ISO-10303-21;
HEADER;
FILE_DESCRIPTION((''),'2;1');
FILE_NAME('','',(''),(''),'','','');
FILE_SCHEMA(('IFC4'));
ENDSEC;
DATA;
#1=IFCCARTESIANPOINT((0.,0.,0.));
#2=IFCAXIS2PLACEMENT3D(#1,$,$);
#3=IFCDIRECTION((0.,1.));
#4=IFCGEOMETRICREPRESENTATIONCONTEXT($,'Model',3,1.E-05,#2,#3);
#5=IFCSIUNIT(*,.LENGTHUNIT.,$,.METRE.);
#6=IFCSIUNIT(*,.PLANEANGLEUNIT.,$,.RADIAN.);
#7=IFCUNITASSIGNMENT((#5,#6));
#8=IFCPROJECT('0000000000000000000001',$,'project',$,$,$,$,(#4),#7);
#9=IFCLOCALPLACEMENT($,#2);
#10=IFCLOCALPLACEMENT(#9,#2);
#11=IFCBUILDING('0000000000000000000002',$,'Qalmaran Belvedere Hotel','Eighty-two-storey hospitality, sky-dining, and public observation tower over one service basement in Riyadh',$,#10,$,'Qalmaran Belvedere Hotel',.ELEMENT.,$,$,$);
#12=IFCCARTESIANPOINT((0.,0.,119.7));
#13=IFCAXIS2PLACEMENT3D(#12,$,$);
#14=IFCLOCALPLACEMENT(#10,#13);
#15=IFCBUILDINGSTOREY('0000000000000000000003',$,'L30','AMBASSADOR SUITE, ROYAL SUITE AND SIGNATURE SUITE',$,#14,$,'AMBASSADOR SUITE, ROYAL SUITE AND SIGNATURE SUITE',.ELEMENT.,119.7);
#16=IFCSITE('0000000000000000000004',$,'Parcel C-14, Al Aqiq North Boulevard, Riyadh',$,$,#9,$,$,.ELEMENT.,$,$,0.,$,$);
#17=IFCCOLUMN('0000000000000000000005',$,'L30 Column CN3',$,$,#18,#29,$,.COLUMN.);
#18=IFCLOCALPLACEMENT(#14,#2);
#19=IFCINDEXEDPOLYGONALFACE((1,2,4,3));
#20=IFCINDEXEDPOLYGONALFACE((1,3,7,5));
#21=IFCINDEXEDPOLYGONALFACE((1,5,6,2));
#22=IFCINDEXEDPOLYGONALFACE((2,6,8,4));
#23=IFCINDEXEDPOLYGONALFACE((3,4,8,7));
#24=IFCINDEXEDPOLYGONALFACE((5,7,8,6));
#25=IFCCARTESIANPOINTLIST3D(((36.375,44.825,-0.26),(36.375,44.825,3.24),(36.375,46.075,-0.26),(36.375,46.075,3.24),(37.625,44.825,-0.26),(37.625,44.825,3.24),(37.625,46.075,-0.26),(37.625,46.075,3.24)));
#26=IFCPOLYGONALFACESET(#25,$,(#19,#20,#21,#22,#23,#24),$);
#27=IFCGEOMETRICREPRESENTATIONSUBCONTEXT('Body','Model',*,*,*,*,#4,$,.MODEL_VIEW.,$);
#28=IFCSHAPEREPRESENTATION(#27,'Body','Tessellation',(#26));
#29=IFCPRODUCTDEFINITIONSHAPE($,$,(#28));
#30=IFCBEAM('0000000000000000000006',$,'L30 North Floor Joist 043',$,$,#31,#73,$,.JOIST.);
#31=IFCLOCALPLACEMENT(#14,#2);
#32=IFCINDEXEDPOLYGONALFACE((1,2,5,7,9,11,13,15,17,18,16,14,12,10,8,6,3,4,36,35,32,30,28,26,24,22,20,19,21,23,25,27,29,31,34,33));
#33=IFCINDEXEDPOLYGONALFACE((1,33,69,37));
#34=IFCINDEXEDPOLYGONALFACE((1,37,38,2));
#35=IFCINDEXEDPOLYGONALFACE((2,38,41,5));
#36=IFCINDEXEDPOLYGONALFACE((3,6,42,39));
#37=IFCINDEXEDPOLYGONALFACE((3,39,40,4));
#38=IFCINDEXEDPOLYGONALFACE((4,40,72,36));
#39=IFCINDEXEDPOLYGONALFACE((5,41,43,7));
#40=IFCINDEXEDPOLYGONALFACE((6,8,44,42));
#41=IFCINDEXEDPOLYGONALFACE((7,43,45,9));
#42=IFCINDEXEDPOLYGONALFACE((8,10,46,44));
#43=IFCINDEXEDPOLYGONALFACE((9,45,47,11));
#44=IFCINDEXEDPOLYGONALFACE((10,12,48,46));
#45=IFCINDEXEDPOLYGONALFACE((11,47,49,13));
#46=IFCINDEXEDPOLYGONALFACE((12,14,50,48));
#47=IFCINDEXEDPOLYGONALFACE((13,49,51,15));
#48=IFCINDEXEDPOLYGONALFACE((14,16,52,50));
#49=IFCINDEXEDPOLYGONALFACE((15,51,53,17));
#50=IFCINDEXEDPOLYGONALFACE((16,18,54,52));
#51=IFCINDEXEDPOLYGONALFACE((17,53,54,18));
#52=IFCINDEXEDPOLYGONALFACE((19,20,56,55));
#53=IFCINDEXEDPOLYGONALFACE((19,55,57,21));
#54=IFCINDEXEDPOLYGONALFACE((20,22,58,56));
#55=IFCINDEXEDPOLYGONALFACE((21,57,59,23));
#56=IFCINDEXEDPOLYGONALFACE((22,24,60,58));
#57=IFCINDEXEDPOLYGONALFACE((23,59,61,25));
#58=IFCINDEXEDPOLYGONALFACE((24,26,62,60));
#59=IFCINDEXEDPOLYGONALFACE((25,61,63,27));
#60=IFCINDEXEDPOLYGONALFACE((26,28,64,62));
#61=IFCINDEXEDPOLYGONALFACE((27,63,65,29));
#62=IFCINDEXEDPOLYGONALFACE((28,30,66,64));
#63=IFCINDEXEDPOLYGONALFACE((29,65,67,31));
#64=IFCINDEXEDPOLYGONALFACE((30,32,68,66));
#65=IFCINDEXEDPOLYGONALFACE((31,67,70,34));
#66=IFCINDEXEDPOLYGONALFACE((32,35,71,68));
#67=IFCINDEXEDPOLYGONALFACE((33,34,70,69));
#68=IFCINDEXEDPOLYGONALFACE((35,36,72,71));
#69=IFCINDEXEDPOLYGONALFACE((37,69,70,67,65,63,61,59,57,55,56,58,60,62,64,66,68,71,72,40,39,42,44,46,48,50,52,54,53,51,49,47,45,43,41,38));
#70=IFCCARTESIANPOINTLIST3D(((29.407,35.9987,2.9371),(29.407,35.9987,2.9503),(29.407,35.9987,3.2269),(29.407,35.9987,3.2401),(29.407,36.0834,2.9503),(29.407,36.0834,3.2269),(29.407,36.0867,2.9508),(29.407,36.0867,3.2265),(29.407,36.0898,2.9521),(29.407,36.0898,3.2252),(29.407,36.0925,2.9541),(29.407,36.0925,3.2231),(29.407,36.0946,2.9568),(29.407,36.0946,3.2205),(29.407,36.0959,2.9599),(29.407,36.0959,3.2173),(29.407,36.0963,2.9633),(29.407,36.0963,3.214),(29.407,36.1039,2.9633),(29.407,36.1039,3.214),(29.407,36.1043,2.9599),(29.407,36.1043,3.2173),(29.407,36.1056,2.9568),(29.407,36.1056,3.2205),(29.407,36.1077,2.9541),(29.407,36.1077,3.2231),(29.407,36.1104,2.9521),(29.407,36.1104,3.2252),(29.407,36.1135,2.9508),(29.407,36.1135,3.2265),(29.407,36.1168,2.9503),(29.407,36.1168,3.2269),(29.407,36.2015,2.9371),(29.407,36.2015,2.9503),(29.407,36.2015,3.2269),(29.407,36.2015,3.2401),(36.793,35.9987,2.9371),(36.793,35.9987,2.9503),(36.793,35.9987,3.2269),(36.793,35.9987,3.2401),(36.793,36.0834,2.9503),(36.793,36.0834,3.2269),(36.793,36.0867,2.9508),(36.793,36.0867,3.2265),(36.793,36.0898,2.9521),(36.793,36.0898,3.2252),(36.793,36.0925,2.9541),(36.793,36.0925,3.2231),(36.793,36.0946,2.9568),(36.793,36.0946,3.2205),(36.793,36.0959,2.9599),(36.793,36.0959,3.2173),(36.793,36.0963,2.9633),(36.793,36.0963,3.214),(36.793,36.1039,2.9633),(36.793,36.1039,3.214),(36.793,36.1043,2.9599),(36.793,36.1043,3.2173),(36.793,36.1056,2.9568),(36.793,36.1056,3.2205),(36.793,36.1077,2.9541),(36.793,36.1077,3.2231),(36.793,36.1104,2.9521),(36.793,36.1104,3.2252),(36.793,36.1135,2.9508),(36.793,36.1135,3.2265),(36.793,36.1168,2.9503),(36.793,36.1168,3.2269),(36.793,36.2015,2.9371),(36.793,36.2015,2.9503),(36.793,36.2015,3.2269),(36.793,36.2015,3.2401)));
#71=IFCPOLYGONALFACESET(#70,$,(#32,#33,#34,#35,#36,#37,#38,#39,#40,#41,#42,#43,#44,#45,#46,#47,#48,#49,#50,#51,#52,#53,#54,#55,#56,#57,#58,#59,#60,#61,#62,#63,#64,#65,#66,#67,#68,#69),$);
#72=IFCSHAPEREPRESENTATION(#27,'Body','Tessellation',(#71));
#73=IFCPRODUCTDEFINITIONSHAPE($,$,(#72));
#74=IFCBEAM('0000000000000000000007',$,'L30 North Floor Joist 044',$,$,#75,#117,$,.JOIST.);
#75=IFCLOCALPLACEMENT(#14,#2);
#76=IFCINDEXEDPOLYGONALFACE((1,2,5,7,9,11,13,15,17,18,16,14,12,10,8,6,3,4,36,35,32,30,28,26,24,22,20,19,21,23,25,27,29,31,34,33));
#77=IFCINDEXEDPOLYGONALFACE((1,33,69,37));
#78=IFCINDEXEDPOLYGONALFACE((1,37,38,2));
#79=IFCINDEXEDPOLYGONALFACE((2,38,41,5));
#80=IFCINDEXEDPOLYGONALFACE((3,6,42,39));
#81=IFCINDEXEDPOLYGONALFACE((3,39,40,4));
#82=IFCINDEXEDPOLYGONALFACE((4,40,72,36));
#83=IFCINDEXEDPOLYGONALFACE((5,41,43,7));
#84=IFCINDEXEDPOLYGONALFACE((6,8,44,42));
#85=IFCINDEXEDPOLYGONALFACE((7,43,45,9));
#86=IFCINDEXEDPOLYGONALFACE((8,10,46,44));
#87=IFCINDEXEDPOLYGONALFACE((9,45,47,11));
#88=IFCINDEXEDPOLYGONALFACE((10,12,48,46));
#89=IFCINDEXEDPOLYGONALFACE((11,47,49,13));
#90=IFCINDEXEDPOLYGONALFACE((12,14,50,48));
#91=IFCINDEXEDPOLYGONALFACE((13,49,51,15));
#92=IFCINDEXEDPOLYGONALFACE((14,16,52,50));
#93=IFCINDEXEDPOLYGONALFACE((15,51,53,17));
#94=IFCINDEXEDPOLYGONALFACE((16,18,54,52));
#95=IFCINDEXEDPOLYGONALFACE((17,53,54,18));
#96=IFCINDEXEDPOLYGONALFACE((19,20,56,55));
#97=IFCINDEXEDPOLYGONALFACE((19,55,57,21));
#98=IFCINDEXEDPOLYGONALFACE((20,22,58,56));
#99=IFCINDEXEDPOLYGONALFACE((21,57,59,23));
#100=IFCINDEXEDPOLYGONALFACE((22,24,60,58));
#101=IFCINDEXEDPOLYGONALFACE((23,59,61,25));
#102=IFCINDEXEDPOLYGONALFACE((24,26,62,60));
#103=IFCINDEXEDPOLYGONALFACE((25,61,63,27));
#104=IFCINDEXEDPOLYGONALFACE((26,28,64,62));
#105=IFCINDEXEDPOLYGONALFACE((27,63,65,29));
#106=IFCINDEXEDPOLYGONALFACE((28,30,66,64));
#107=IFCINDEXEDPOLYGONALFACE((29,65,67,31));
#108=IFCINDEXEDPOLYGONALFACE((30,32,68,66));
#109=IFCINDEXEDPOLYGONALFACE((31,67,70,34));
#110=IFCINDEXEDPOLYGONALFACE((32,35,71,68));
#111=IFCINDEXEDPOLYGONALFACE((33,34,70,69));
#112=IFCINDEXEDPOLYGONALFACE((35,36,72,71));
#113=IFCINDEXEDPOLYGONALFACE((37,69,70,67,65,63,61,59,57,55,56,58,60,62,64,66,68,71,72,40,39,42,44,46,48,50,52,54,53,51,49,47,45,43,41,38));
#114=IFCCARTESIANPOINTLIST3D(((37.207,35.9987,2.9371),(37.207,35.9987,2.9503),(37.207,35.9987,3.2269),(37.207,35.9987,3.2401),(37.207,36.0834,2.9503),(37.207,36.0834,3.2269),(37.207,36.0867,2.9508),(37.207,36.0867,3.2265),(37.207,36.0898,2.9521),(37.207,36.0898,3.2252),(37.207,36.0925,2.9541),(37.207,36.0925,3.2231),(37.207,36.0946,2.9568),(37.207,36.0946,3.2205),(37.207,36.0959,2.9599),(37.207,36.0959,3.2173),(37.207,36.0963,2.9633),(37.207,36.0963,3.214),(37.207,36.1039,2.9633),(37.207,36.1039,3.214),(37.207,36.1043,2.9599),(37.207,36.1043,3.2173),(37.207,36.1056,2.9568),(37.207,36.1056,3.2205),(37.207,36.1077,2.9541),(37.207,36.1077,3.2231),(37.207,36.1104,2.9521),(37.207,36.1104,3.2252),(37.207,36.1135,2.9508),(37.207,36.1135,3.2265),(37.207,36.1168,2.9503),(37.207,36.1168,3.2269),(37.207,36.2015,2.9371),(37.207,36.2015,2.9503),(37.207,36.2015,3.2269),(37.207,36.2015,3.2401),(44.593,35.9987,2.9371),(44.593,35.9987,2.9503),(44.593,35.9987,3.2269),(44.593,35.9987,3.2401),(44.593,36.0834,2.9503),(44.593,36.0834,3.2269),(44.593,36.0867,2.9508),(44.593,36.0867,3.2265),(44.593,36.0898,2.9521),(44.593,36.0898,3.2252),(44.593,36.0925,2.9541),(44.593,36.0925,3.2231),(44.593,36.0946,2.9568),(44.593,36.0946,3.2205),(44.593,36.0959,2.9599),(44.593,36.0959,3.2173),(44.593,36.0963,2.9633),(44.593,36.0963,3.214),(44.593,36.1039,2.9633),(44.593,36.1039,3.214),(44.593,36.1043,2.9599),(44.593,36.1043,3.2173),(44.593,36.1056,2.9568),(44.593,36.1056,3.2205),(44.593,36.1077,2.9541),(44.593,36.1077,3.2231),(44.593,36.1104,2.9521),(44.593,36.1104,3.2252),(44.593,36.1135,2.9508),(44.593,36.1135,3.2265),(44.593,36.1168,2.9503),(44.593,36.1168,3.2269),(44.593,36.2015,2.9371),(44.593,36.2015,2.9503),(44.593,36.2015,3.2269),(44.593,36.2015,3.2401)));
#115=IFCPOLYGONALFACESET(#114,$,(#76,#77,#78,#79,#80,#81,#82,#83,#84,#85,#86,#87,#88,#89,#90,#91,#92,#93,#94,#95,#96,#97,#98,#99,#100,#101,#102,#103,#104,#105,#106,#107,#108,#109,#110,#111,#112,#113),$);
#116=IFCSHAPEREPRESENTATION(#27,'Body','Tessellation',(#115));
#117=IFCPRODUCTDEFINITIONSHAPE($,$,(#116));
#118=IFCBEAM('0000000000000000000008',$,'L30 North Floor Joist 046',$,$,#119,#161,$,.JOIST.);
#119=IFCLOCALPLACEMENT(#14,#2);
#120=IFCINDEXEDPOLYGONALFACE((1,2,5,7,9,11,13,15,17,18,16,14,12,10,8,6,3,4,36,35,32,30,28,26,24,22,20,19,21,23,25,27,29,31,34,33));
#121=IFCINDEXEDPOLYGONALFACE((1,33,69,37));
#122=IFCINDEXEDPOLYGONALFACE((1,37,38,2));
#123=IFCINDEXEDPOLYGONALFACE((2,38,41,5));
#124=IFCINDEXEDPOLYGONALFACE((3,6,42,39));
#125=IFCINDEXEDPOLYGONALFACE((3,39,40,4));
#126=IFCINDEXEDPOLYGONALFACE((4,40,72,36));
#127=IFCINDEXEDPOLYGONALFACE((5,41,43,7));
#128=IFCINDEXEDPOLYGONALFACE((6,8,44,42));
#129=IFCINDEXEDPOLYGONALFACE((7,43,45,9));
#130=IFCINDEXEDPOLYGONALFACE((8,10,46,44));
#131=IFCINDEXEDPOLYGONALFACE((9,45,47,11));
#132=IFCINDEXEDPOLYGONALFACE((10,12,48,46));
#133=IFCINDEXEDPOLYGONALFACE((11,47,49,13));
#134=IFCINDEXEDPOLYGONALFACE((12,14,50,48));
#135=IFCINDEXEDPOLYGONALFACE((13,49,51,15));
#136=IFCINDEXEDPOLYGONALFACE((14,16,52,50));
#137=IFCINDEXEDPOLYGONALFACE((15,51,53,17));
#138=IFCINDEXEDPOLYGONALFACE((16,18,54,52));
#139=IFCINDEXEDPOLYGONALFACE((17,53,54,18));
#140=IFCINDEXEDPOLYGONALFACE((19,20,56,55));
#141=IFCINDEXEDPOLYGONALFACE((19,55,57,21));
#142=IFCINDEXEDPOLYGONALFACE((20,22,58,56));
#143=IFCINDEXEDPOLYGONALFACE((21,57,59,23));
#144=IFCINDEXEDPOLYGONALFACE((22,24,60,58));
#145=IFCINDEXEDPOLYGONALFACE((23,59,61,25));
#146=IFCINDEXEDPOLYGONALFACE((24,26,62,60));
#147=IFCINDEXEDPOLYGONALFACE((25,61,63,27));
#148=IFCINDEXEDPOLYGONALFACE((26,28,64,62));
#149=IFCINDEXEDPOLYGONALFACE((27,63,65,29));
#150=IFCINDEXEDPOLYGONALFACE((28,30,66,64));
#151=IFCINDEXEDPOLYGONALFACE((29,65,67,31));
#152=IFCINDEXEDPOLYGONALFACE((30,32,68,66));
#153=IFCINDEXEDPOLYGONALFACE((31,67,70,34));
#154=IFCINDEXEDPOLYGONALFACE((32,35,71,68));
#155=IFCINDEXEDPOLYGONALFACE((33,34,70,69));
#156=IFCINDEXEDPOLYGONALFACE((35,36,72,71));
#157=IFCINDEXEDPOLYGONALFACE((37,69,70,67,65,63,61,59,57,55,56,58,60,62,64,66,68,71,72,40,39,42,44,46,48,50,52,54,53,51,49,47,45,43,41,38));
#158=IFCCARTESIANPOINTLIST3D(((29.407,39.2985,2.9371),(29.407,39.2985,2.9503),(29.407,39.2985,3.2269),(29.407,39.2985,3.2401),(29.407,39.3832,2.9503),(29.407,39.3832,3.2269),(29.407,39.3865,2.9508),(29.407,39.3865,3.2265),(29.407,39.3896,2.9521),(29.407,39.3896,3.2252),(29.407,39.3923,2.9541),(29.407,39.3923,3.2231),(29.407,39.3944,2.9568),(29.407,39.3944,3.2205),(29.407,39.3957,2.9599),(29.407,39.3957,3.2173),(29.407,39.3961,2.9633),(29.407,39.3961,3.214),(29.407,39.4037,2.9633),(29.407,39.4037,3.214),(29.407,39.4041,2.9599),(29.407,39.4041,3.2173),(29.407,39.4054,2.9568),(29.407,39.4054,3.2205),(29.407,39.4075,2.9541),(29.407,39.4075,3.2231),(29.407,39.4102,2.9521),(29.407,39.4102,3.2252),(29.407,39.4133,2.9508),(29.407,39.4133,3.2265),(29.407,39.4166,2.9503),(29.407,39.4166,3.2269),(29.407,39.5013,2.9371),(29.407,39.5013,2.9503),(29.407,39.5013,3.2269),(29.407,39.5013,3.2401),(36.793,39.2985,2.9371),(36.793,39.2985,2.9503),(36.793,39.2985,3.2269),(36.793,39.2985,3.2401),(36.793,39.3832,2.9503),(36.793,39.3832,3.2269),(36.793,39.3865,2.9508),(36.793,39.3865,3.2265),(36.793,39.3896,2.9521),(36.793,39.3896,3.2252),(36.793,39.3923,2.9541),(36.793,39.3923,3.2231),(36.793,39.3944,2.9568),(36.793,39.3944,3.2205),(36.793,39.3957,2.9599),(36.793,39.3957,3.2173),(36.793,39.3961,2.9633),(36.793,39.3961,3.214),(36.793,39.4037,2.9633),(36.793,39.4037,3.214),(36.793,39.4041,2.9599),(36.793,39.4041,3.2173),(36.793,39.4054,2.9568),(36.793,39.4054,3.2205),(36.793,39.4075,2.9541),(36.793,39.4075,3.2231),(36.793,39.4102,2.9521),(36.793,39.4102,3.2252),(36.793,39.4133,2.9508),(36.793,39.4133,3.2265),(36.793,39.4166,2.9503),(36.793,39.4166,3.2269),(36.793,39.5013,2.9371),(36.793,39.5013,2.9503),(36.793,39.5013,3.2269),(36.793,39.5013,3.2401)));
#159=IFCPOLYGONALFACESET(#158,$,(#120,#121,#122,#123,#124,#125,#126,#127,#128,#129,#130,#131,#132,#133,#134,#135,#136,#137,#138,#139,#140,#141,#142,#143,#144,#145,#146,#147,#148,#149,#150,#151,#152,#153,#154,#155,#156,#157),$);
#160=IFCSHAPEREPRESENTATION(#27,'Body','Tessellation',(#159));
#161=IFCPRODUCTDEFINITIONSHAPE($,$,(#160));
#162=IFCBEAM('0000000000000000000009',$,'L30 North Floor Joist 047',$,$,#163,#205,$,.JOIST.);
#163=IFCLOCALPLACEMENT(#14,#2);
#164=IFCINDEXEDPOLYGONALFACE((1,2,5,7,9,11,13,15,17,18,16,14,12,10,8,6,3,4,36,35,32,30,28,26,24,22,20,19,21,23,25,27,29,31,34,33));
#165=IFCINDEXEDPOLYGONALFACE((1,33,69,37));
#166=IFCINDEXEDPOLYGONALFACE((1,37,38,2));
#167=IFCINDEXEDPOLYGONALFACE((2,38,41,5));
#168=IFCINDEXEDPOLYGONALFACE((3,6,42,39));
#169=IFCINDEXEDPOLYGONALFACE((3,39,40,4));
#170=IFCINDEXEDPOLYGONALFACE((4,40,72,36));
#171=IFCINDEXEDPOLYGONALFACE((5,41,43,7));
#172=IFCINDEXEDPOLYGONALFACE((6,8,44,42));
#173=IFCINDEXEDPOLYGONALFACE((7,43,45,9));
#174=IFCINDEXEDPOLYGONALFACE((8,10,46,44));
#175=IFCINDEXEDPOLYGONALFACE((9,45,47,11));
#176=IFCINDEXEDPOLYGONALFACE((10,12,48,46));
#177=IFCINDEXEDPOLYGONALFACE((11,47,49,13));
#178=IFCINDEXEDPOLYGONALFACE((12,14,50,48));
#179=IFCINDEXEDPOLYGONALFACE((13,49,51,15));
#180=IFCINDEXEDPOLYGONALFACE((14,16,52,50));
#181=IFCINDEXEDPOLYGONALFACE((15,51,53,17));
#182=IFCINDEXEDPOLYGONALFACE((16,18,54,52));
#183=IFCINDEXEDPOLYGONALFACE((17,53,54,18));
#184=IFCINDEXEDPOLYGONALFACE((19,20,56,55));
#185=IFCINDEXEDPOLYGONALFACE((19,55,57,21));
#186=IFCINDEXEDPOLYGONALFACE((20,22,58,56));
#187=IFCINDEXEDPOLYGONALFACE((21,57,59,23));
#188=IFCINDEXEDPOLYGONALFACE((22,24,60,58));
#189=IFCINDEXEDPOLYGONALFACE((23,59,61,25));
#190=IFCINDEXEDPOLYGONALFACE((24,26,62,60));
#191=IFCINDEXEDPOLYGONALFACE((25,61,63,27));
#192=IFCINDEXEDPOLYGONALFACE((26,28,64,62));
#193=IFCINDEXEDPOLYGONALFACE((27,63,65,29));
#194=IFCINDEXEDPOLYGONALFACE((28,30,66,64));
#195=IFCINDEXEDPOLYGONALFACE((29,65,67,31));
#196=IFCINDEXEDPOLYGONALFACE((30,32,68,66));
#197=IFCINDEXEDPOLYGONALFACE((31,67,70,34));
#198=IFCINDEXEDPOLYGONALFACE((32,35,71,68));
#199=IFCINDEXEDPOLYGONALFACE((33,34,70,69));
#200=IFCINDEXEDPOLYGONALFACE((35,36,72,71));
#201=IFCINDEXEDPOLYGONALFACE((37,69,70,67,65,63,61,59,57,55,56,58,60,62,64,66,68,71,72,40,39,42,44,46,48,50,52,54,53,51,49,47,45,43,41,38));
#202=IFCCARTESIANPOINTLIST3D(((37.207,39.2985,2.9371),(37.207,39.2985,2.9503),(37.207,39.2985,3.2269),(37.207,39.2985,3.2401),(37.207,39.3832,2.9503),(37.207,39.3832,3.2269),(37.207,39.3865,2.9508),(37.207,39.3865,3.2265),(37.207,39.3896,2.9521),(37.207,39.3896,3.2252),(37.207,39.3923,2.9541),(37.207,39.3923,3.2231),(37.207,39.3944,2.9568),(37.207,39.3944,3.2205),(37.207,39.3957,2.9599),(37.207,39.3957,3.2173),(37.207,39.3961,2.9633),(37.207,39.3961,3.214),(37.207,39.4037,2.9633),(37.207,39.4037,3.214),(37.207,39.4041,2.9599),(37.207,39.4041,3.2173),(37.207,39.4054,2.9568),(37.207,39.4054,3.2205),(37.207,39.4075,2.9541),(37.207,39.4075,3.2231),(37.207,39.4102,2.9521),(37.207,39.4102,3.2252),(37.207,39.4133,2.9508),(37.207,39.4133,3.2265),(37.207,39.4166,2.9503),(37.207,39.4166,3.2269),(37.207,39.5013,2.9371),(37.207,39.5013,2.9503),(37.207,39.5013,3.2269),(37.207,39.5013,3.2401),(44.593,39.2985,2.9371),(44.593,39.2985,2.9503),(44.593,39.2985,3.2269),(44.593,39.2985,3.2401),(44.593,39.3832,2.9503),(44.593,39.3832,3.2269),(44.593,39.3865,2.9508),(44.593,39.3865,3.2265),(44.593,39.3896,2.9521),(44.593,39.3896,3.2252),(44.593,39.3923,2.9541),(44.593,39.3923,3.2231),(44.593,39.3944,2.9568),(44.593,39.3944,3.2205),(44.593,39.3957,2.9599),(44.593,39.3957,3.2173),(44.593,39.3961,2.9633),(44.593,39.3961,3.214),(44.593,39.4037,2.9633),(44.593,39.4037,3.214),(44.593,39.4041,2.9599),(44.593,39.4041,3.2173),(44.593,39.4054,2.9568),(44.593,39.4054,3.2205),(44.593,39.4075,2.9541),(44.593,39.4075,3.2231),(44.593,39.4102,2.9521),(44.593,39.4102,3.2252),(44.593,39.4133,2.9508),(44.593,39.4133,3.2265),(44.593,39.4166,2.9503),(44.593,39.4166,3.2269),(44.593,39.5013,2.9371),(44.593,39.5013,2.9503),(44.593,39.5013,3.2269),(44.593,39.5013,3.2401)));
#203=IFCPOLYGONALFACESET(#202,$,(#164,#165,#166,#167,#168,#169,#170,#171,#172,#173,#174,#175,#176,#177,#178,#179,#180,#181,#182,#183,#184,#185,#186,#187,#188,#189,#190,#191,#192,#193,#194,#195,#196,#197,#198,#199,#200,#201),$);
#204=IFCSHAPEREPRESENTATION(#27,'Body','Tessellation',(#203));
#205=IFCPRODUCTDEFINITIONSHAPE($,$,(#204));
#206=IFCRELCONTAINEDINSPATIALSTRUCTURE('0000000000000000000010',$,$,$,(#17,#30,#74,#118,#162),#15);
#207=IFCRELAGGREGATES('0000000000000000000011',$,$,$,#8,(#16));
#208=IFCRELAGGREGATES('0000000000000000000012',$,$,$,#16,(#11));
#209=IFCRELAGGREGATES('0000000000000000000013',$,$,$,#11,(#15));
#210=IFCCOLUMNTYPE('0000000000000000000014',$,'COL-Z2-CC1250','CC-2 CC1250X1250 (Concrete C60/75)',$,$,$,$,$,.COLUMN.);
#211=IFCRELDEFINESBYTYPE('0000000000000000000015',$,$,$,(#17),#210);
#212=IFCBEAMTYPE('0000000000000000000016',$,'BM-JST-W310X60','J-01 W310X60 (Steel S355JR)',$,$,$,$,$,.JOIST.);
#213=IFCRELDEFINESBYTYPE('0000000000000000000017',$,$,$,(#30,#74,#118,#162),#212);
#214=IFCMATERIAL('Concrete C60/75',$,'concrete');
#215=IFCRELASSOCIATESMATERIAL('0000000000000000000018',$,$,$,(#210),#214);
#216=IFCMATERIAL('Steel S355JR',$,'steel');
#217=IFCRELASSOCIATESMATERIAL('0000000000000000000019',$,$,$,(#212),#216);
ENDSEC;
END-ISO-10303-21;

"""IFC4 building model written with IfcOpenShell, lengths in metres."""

from ifc_helpers import new_model, si_unit, direction, frame, origin, origin_2d, place, context, subcontext, project, spatial, rectangle, i_section, extrude, material, material_profile, profile_set, type_object, element, save


model = new_model("IFC4")

# Units and contexts
model_context = context("Model", 3, precision=1e-05, world=origin(), true_north=direction((0.0, 1.0)))
body_context = subcontext(model_context, "Body", "Model", "MODEL_VIEW")
ifc_project = project(units=[si_unit("LENGTHUNIT", "METRE"), si_unit("PLANEANGLEUNIT", "RADIAN")], contexts=[model_context])

# Site, building, storey
site_placement = place(None, origin())
site = spatial("IfcSite", under=ifc_project, at=site_placement, Name="Parcel C-14, Al Aqiq North Boulevard, Riyadh", CompositionType="ELEMENT", RefElevation=0.0)
building_placement = place(site_placement, origin())
building = spatial("IfcBuilding", under=site, at=building_placement, Name="Qalmaran Belvedere Hotel", Description="Eighty-two-storey hospitality, sky-dining, and public observation tower over one service basement in Riyadh", LongName="Qalmaran Belvedere Hotel", CompositionType="ELEMENT")
storey_placement = place(building_placement, frame((0.0, 0.0, 119.7)))
storey = spatial("IfcBuildingStorey", under=building, at=storey_placement, Name="L30", Description="AMBASSADOR SUITE, ROYAL SUITE AND SIGNATURE SUITE", LongName="AMBASSADOR SUITE, ROYAL SUITE AND SIGNATURE SUITE", CompositionType="ELEMENT", Elevation=119.7)

# Column
ifc_material_1 = material(Name="Concrete C60/75", Category="concrete")
ifc_material_profile_1 = material_profile(ifc_material_1, rectangle(XDim=1.25, YDim=1.25, at=origin_2d()), Name="CC1250X1250")
ifc_profile_set_1 = profile_set([ifc_material_profile_1], Name="Concrete C60/75")
column_type = type_object("IfcColumnType", Name="COL-Z2-CC1250", Description="CC-2 CC1250X1250 (Concrete C60/75)", PredefinedType="COLUMN", material=ifc_profile_set_1)
column_placement = place(storey_placement, frame((37.0, 45.45, -0.26), z_axis=(0.0, 0.0, 1.0), x_axis=(1.0, 0.0, 0.0)))
element("IfcColumn", 1, at=column_placement, inside=storey, type_object=column_type, Name="L30 Column CN3", PredefinedType="COLUMN", context=body_context, shape_type="SweptSolid", body=[
    extrude(rectangle(XDim=1.25, YDim=1.25, at=origin_2d()), origin(), (0.0, 0.0, 1.0), 3.5),
])

# Beams
ifc_material_2 = material(Name="Steel S355JR", Category="steel")
ifc_material_profile_2 = material_profile(ifc_material_2, i_section(OverallWidth=0.2029, OverallDepth=0.303, WebThickness=0.0076, FlangeThickness=0.0132, FilletRadius=0.0129, at=origin_2d()), Name="W310X60")
ifc_profile_set_2 = profile_set([ifc_material_profile_2], Name="Steel S355JR")
beam_type_1 = type_object("IfcBeamType", Name="BM-JST-W310X60", Description="J-01 W310X60 (Steel S355JR)", PredefinedType="JOIST", material=ifc_profile_set_2)
for number, where, z_axis, x_axis, name in (
    (2, (29.407, 36.1001, 3.0886), (1.0, 0.0, 0.0), (0.0, 1.0, 0.0), "L30 North Floor Joist 043"),
    (3, (37.207, 36.1001, 3.0886), (1.0, 0.0, 0.0), (0.0, 1.0, 0.0), "L30 North Floor Joist 044"),
    (4, (29.407, 39.3999, 3.0886), (1.0, 0.0, 0.0), (0.0, 1.0, 0.0), "L30 North Floor Joist 046"),
    (5, (37.207, 39.3999, 3.0886), (1.0, 0.0, 0.0), (0.0, 1.0, 0.0), "L30 North Floor Joist 047"),
):
    element("IfcBeam", number, at=place(storey_placement, frame(where, z_axis=z_axis, x_axis=x_axis)), inside=storey, type_object=beam_type_1, Name=name, PredefinedType="JOIST", context=body_context, shape_type="SweptSolid", body=[
        extrude(i_section(OverallWidth=0.2029, OverallDepth=0.303, WebThickness=0.0076, FlangeThickness=0.0132, FilletRadius=0.0129, at=origin_2d()), origin(), (0.0, 0.0, 1.0), 7.386),
    ])

save(model, "model.ifc")
